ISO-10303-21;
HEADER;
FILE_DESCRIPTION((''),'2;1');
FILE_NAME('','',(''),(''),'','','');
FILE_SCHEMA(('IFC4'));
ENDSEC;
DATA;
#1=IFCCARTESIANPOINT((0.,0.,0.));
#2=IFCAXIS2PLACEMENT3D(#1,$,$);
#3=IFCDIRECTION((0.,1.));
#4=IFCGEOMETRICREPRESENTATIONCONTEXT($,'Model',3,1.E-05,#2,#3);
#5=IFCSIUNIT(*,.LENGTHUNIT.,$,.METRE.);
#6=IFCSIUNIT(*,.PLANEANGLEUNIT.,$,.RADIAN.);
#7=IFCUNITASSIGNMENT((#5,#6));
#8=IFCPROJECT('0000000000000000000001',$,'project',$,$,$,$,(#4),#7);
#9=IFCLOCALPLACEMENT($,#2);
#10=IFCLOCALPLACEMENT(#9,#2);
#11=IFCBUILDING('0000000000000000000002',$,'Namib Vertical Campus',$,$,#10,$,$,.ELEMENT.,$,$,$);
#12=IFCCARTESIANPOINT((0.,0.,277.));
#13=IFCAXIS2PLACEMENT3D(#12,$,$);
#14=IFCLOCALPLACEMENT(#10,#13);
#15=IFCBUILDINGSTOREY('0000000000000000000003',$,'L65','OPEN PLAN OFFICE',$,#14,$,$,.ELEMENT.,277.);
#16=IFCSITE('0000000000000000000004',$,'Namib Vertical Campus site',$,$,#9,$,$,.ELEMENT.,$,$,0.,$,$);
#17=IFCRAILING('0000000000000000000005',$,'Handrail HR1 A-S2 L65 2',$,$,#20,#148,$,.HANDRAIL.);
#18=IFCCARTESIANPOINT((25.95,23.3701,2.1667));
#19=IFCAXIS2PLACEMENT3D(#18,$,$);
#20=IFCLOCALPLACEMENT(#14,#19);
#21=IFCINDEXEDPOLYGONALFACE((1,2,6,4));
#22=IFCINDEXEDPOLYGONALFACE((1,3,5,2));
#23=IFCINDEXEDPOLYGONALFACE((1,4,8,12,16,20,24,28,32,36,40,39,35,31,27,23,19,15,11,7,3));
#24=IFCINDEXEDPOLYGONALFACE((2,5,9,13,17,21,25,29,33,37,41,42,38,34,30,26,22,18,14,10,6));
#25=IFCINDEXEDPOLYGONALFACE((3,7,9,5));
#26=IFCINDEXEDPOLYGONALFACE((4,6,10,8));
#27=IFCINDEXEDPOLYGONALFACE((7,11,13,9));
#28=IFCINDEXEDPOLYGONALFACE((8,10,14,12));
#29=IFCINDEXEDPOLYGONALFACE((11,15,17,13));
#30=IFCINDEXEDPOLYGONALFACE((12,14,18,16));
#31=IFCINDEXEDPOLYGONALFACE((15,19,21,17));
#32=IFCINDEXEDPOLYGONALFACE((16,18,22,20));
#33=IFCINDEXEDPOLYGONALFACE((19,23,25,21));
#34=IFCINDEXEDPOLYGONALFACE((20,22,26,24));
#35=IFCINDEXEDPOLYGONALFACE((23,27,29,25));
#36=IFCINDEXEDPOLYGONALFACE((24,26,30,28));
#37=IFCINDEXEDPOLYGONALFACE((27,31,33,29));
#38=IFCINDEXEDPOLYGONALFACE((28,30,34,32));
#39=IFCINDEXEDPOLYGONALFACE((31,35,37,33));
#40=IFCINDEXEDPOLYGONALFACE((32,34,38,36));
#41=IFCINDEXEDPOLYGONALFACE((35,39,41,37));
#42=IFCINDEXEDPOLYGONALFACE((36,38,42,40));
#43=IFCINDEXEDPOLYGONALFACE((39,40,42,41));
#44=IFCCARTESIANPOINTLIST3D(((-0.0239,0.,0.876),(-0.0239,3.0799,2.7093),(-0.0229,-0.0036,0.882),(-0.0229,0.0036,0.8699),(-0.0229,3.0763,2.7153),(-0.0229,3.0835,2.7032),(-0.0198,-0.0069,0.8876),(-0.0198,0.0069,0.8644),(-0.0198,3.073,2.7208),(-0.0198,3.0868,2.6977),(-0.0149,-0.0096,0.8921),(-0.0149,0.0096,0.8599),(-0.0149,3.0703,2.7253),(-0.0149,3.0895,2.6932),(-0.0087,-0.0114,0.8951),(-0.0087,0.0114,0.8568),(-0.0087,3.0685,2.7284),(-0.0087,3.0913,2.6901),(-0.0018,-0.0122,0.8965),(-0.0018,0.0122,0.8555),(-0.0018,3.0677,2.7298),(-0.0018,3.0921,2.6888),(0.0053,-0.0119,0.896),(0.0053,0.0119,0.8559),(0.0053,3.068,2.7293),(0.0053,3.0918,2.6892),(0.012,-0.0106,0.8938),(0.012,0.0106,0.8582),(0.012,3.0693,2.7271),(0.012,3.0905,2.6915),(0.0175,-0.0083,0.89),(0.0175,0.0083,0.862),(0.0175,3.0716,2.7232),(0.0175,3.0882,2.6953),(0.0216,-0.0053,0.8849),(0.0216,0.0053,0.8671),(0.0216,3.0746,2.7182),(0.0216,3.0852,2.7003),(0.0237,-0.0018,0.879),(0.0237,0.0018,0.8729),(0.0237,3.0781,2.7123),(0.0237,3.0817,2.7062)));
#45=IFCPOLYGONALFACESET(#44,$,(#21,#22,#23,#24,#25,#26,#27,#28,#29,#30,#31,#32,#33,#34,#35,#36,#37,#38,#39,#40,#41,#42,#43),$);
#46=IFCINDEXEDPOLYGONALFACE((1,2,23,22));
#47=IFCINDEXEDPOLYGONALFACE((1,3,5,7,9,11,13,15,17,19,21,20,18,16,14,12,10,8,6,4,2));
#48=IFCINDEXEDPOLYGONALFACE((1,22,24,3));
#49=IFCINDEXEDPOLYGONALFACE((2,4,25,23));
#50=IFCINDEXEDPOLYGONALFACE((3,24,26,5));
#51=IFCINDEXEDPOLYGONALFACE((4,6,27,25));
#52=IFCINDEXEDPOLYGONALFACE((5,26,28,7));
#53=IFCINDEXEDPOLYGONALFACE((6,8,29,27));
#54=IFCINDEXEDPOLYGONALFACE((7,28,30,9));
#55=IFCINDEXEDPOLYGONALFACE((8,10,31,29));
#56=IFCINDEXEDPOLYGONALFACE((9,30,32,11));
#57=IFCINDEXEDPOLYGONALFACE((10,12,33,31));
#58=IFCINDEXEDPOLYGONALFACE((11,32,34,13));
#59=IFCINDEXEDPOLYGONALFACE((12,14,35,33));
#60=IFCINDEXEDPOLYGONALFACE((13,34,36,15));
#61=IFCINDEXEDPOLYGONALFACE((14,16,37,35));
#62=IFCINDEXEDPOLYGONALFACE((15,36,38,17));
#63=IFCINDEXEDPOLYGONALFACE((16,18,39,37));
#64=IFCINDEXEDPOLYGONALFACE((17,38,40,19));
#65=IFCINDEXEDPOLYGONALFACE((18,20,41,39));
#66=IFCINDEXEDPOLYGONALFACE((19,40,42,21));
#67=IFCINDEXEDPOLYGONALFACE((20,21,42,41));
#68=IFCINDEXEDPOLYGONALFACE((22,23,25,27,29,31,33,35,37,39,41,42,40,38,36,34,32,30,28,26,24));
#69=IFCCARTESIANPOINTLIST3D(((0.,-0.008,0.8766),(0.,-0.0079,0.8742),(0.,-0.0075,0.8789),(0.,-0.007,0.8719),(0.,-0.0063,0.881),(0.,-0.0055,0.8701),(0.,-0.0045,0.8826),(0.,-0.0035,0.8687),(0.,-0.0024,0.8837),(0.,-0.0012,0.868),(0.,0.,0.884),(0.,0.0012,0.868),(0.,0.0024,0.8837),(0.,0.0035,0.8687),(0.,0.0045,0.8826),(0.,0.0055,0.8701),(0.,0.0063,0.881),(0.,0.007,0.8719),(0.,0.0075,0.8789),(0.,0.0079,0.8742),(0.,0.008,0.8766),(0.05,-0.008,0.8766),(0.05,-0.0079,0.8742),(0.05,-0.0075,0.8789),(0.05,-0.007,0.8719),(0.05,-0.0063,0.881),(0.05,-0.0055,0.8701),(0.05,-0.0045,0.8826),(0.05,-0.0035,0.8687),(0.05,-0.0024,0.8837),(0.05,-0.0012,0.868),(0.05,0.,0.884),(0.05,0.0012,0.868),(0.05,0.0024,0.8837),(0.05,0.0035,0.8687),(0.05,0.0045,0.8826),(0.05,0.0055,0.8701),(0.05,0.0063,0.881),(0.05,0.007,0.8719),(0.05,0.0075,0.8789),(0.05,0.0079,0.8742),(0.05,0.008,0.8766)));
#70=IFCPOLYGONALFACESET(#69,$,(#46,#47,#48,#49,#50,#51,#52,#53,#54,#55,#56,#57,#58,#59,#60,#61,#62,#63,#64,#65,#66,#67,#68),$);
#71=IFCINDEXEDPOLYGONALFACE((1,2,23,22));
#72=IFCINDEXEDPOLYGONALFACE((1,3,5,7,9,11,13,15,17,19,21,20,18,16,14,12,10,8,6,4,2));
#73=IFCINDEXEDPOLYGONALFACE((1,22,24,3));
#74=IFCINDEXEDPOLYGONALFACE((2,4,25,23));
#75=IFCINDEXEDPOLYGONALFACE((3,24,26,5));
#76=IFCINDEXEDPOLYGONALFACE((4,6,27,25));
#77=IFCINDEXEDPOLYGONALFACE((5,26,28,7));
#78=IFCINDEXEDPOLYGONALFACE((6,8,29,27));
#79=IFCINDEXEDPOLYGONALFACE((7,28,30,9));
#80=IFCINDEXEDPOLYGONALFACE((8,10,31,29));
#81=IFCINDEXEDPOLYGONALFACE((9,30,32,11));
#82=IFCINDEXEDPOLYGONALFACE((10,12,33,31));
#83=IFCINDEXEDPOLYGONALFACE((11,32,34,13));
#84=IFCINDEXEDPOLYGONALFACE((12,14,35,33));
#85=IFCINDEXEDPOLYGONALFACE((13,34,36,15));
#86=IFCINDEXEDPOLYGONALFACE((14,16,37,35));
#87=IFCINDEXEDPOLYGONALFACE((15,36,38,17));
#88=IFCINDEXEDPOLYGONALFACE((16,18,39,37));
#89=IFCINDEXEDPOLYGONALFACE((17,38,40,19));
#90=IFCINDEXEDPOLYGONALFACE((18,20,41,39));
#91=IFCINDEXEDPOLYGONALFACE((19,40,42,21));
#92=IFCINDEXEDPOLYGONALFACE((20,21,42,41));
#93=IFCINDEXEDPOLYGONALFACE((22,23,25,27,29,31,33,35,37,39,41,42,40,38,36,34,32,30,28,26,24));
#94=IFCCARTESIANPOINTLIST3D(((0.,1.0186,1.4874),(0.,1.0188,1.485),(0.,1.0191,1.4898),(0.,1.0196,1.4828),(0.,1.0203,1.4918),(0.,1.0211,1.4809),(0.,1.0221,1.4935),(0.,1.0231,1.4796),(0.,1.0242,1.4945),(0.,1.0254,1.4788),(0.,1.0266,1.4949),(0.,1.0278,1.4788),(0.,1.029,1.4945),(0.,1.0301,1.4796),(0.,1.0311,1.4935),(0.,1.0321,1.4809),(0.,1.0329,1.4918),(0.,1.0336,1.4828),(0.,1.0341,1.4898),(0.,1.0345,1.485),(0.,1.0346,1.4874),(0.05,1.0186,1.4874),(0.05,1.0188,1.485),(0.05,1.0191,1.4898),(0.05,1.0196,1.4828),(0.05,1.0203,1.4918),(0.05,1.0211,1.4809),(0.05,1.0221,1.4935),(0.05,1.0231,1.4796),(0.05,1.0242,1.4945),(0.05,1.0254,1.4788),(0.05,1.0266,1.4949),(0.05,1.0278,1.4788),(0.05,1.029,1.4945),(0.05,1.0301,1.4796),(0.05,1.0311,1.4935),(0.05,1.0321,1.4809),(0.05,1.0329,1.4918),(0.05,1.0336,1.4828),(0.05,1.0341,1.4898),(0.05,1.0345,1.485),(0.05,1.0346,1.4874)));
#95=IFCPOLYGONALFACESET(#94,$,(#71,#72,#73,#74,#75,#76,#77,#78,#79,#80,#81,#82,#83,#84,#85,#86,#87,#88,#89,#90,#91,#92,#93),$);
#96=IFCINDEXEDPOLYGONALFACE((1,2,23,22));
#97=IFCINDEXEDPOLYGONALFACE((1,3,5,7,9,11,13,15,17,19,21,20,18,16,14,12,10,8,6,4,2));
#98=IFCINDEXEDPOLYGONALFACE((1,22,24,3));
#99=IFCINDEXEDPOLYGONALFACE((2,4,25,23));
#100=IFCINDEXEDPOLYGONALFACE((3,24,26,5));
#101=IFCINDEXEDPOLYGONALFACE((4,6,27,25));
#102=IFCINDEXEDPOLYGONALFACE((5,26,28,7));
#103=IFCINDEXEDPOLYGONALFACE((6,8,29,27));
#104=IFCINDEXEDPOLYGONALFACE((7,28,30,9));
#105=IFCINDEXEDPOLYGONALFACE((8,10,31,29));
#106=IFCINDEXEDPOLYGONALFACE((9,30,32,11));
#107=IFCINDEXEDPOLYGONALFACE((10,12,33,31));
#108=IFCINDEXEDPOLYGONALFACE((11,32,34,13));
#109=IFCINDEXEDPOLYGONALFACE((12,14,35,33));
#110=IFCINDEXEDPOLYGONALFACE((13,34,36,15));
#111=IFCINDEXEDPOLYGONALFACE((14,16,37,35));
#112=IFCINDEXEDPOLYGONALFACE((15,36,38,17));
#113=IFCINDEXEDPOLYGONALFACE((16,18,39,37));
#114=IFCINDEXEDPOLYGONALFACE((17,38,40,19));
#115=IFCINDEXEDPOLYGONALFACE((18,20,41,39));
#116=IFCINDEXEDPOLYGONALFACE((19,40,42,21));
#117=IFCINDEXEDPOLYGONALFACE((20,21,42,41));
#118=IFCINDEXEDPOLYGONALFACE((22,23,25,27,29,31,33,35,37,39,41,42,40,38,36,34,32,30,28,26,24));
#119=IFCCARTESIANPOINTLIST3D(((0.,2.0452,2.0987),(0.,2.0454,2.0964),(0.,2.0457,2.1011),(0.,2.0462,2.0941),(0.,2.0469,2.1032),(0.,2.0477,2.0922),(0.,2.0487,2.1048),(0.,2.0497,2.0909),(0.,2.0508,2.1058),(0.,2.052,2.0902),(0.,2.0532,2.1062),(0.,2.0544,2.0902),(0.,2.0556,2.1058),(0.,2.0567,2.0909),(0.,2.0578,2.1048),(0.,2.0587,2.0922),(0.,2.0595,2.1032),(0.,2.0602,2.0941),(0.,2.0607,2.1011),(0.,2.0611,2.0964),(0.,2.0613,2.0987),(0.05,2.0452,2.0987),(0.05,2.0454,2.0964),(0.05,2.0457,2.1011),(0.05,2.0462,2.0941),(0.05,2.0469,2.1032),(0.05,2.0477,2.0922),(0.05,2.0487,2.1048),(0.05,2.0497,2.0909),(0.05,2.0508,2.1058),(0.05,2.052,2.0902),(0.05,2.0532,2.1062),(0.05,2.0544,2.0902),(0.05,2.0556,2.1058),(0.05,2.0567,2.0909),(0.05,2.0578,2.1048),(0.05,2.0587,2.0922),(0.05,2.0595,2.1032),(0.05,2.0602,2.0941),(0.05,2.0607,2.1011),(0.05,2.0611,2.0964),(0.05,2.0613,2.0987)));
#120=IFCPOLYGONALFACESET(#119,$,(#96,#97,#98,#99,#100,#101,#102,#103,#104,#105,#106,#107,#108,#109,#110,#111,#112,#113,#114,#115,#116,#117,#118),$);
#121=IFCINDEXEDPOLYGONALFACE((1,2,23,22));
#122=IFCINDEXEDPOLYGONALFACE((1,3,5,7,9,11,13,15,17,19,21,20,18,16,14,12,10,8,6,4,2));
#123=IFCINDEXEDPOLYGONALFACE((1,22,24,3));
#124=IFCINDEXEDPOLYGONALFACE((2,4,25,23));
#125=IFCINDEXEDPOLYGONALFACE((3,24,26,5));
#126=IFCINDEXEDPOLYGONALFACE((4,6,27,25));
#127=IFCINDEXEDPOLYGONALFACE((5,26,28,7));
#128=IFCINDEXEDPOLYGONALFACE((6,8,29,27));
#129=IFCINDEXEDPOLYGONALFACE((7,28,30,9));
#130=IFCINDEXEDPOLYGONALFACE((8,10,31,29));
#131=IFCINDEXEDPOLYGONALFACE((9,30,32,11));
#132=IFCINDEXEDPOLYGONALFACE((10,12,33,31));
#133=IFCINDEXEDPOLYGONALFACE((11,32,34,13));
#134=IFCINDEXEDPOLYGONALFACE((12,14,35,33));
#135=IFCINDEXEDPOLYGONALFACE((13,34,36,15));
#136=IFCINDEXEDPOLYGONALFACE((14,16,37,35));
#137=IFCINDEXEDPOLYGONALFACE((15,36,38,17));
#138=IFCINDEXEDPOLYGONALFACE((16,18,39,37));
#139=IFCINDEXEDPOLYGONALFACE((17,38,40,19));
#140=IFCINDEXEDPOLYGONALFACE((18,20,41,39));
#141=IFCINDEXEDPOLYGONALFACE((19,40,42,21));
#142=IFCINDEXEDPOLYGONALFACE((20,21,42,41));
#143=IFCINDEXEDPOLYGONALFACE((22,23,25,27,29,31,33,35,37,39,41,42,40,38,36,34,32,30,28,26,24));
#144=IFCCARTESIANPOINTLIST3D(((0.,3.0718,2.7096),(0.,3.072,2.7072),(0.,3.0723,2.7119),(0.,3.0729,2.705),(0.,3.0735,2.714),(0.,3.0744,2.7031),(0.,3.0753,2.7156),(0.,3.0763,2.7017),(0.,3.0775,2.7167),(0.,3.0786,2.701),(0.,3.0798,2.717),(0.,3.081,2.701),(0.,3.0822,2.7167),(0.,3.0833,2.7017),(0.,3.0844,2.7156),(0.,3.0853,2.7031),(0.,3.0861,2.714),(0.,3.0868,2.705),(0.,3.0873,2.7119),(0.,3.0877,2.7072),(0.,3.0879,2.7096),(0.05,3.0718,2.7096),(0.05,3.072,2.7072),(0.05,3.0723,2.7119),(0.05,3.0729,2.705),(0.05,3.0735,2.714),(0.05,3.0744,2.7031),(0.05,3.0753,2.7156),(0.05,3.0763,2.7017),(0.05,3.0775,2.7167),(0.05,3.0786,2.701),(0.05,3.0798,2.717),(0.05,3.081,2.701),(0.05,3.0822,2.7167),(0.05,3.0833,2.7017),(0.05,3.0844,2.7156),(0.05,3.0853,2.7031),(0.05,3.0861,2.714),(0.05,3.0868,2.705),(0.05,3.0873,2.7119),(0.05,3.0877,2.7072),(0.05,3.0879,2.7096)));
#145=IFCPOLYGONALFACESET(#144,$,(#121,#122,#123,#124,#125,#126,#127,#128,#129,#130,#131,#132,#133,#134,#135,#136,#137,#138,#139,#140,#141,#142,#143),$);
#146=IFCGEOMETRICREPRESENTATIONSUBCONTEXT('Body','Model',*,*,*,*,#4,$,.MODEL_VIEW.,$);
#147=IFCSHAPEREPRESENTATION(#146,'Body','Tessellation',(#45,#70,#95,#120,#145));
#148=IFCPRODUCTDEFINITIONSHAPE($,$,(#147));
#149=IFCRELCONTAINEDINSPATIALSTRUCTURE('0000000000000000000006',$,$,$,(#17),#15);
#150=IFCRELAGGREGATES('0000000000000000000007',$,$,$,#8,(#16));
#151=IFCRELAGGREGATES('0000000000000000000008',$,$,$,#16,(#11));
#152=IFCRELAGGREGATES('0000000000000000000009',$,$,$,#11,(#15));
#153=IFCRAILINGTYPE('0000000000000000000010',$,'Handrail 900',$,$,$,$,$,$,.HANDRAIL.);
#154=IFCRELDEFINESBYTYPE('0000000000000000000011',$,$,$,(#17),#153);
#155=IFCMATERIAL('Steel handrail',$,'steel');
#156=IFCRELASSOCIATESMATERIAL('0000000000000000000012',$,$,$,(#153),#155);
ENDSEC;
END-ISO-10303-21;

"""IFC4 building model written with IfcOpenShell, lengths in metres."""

from ifc_helpers import new_model, si_unit, direction, frame, origin, origin_2d, place, context, subcontext, project, spatial, circle, extrude, material, type_object, element, save


model = new_model("IFC4")

# Units and contexts
model_context = context("Model", 3, precision=1e-05, world=origin(), true_north=direction((0.0, 1.0)))
body_context = subcontext(model_context, "Body", "Model", "MODEL_VIEW")
ifc_project = project(units=[si_unit("LENGTHUNIT", "METRE"), si_unit("PLANEANGLEUNIT", "RADIAN")], contexts=[model_context])

# Site, building, storey
site_placement = place(None, origin())
site = spatial("IfcSite", under=ifc_project, at=site_placement, Name="Namib Vertical Campus site", CompositionType="ELEMENT", RefElevation=0.0)
building_placement = place(site_placement, origin())
building = spatial("IfcBuilding", under=site, at=building_placement, Name="Namib Vertical Campus", CompositionType="ELEMENT")
storey_placement = place(building_placement, frame((0.0, 0.0, 277.0)))
storey = spatial("IfcBuildingStorey", under=building, at=storey_placement, Name="L65", Description="OPEN PLAN OFFICE", CompositionType="ELEMENT", Elevation=277.0)

# Railing
ifc_material_1 = material(Name="Steel handrail", Category="steel")
railing_type_1 = type_object("IfcRailingType", Name="Handrail 900", PredefinedType="HANDRAIL", material=ifc_material_1)
railing_1_placement = place(storey_placement, frame((25.95, 23.3701, 2.1667)))
element("IfcRailing", 1, at=railing_1_placement, inside=storey, type_object=railing_type_1, Name="Handrail HR1 A-S2 L65 2", PredefinedType="HANDRAIL", context=body_context, shape_type="SweptSolid", body=[
    extrude(circle(Radius=0.0239, at=origin_2d()), frame((0.0, 0.0, 0.876), z_axis=(0.0, 0.859291, 0.511487), x_axis=(-1.0, 0.0, 0.0)), (0.0, 0.0, 1.0), 3.5842),
    extrude(circle(Radius=0.0081, at=origin_2d()), frame((0.0, 0.0, 0.876), z_axis=(1.0, 0.0, 0.0), x_axis=(0.0, 0.0, 1.0)), (0.0, 0.0, 1.0), 0.05),
    extrude(circle(Radius=0.0081, at=origin_2d()), frame((0.0, 1.0266, 1.4868), z_axis=(1.0, 0.0, 0.0), x_axis=(0.0, 0.0, 1.0)), (0.0, 0.0, 1.0), 0.05),
    extrude(circle(Radius=0.0081, at=origin_2d()), frame((0.0, 2.0532, 2.0981), z_axis=(1.0, 0.0, 0.0), x_axis=(0.0, 0.0, 1.0)), (0.0, 0.0, 1.0), 0.05),
    extrude(circle(Radius=0.0081, at=origin_2d()), frame((0.0, 3.0798, 2.709), z_axis=(1.0, 0.0, 0.0), x_axis=(0.0, 0.0, 1.0)), (0.0, 0.0, 1.0), 0.05),
])

save(model, "model.ifc")
